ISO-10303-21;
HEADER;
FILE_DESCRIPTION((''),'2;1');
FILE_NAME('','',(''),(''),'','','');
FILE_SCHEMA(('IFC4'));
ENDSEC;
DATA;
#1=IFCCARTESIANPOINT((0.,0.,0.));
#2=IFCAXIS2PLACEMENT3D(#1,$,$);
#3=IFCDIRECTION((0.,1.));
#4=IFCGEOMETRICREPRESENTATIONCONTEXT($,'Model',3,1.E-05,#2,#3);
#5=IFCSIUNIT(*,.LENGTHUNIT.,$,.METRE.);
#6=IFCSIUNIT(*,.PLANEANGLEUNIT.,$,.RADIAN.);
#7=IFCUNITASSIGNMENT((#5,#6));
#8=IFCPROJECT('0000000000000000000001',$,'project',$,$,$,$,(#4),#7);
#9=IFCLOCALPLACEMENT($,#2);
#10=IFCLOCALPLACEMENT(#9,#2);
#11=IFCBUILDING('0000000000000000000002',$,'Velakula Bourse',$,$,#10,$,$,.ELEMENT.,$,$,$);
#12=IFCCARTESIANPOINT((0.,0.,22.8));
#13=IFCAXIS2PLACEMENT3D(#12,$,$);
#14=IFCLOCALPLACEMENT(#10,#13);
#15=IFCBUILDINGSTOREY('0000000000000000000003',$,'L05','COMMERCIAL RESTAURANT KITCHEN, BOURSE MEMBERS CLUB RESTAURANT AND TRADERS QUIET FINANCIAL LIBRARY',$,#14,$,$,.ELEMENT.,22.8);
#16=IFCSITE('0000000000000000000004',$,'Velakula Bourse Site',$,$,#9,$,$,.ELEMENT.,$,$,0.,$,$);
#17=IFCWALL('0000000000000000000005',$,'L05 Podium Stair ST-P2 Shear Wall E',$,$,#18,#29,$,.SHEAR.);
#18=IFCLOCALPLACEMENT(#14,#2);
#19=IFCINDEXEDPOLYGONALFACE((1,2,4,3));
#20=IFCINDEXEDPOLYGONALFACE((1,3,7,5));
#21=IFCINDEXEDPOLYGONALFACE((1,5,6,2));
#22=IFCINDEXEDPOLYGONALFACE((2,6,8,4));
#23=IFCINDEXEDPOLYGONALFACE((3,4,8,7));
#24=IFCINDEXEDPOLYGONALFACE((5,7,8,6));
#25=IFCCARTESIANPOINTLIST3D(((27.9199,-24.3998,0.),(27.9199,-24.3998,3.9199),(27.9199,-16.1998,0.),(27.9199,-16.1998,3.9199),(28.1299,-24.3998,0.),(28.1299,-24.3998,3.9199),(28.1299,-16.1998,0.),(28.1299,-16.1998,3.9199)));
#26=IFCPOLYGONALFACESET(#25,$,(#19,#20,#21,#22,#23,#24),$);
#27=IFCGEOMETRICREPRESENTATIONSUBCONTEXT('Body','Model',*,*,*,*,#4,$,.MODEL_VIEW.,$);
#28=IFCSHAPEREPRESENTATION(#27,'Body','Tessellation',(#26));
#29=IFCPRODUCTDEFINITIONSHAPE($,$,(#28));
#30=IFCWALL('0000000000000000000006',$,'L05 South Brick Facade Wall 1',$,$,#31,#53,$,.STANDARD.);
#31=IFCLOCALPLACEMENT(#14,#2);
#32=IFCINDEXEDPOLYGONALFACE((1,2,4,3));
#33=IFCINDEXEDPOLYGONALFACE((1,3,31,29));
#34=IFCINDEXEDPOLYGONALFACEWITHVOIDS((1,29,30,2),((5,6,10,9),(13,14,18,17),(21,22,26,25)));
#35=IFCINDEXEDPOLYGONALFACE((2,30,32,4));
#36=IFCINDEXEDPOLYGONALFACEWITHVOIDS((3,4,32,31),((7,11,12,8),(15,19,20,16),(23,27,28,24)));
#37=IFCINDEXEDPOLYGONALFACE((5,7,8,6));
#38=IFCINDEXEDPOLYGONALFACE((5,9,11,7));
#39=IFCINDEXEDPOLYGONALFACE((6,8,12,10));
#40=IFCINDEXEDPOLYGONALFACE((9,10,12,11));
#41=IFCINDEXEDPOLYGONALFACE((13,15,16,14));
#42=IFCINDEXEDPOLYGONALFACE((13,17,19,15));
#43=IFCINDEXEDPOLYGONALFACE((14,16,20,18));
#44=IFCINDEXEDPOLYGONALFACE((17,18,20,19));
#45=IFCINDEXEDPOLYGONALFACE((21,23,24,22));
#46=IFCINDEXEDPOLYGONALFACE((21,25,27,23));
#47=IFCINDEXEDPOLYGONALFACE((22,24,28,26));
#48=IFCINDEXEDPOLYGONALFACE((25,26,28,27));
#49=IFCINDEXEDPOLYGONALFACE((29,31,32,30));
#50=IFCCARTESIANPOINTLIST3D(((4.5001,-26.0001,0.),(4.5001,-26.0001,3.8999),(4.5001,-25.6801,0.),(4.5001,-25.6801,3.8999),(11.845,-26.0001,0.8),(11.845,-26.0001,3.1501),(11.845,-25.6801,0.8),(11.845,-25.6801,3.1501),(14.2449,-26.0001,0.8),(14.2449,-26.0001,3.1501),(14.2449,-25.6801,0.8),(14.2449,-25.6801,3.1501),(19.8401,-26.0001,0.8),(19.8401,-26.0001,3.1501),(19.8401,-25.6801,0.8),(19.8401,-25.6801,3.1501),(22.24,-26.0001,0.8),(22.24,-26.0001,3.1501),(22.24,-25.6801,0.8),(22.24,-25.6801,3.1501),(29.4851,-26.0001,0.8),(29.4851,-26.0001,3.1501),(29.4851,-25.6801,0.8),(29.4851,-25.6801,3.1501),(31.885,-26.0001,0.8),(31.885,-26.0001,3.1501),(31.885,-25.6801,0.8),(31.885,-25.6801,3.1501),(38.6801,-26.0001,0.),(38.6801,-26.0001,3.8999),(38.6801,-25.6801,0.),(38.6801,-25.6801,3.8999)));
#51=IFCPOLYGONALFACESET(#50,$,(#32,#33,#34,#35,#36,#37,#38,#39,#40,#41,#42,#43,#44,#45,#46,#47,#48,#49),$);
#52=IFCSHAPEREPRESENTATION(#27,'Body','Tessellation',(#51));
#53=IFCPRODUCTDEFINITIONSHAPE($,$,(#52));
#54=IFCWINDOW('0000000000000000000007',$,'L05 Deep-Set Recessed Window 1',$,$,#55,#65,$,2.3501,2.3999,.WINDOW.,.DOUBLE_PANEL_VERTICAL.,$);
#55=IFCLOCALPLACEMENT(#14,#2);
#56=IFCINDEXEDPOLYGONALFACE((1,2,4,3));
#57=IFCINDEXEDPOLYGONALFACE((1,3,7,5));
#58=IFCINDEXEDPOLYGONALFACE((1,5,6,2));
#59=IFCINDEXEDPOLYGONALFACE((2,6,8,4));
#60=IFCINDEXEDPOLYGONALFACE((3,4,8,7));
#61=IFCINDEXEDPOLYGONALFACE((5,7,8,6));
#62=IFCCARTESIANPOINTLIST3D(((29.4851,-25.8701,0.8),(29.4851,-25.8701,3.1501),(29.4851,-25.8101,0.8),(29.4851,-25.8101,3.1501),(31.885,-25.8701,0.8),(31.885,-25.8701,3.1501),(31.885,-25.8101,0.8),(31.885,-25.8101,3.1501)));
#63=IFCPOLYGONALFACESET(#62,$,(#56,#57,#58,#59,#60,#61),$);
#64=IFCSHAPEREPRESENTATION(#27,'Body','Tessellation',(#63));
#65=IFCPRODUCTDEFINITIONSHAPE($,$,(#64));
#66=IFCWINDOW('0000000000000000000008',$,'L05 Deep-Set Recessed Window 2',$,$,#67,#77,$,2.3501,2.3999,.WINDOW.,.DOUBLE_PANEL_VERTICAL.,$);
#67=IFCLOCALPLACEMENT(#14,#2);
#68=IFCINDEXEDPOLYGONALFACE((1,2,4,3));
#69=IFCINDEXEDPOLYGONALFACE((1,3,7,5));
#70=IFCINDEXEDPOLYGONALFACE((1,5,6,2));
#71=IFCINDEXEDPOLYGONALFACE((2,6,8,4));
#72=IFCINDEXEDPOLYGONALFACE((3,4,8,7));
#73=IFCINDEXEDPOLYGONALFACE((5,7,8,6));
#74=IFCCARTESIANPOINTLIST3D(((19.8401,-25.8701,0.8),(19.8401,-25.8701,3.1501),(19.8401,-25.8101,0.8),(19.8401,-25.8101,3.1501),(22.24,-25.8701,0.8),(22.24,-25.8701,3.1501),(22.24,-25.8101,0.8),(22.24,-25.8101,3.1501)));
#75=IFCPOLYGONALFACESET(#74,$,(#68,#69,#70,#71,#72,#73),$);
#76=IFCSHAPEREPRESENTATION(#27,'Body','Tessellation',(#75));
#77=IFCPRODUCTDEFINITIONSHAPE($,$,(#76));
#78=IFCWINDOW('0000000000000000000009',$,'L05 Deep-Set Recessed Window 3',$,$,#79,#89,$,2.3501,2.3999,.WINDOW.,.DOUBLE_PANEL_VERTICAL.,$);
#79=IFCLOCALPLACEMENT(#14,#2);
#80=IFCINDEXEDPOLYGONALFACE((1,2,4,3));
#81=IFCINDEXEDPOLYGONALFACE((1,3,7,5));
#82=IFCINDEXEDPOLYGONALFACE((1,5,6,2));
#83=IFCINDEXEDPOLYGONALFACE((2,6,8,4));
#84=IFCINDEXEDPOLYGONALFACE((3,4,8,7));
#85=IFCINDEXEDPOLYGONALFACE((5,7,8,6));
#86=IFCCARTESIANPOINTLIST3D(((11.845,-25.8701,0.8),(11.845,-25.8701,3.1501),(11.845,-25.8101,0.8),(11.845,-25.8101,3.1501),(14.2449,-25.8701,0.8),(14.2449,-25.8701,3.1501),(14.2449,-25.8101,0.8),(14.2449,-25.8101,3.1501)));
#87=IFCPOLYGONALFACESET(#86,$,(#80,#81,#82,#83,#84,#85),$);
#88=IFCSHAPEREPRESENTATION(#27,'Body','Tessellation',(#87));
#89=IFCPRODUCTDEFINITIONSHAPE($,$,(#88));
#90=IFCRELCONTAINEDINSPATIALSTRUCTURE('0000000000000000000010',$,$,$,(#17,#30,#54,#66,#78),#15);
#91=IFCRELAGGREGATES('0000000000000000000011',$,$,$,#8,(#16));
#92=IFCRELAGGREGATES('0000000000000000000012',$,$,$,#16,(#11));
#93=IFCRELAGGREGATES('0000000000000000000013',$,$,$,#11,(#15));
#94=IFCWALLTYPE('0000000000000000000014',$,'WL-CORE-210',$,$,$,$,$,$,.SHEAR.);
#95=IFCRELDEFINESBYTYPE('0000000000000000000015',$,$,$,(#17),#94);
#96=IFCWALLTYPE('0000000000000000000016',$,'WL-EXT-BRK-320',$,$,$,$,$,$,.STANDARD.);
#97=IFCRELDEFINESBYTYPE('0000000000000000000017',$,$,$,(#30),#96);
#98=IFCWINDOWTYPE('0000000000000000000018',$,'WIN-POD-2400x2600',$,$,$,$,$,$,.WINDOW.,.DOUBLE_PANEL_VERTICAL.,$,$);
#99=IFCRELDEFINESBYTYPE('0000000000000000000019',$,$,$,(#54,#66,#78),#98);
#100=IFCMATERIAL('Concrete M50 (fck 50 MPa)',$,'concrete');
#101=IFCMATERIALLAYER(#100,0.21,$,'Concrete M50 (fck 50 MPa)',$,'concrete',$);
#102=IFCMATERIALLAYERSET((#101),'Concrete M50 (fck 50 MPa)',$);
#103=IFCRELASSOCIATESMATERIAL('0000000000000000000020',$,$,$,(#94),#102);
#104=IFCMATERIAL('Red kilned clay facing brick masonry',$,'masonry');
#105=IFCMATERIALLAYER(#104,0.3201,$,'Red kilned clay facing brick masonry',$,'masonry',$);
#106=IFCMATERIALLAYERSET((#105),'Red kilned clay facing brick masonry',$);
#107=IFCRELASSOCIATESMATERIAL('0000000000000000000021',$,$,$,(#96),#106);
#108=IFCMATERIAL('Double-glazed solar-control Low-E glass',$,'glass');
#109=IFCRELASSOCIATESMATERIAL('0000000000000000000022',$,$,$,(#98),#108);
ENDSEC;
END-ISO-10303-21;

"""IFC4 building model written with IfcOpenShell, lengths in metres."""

from ifc_helpers import new_model, si_unit, direction, frame, frame_2d, origin, place, context, subcontext, project, spatial, rectangle, extrude, material, layer, layer_set, type_object, element, fill, save


model = new_model("IFC4")

# Units and contexts
model_context = context("Model", 3, precision=1e-05, world=origin(), true_north=direction((0.0, 1.0)))
body_context = subcontext(model_context, "Body", "Model", "MODEL_VIEW")
ifc_project = project(units=[si_unit("LENGTHUNIT", "METRE"), si_unit("PLANEANGLEUNIT", "RADIAN")], contexts=[model_context])

# Site, building, storey
site_placement = place(None, origin())
site = spatial("IfcSite", under=ifc_project, at=site_placement, Name="Velakula Bourse Site", CompositionType="ELEMENT", RefElevation=0.0)
building_placement = place(site_placement, origin())
building = spatial("IfcBuilding", under=site, at=building_placement, Name="Velakula Bourse", CompositionType="ELEMENT")
storey_placement = place(building_placement, frame((0.0, 0.0, 22.8)))
storey = spatial("IfcBuildingStorey", under=building, at=storey_placement, Name="L05", Description="COMMERCIAL RESTAURANT KITCHEN, BOURSE MEMBERS CLUB RESTAURANT AND TRADERS QUIET FINANCIAL LIBRARY", CompositionType="ELEMENT", Elevation=22.8)

# Shared definitions
ifc_material_1 = material(Name="Concrete M50 (fck 50 MPa)", Category="concrete")
ifc_layer_1 = layer(ifc_material_1, 0.21, Name="Concrete M50 (fck 50 MPa)", Category="concrete")
ifc_layer_set_1 = layer_set([ifc_layer_1], Name="Concrete M50 (fck 50 MPa)")
wall_type_1 = type_object("IfcWallType", Name="WL-CORE-210", PredefinedType="SHEAR", material=ifc_layer_set_1)

# Wall
wall_1_placement = place(storey_placement, frame((28.0249, -24.3999, 0.0), z_axis=(0.0, 0.0, 1.0), x_axis=(0.0, 1.0, 0.0)))
element("IfcWall", 1, at=wall_1_placement, inside=storey, type_object=wall_type_1, Name="L05 Podium Stair ST-P2 Shear Wall E", PredefinedType="SHEAR", context=body_context, shape_type="SweptSolid", body=[
    extrude(rectangle(XDim=8.2, YDim=0.21, at=frame_2d((4.1001, 0.0))), origin(), (0.0, 0.0, 1.0), 3.9199),
])

# Wall, openings, windows
ifc_material_2 = material(Name="Red kilned clay facing brick masonry", Category="masonry")
ifc_layer_2 = layer(ifc_material_2, 0.3201, Name="Red kilned clay facing brick masonry", Category="masonry")
ifc_layer_set_2 = layer_set([ifc_layer_2], Name="Red kilned clay facing brick masonry")
wall_type_2 = type_object("IfcWallType", Name="WL-EXT-BRK-320", PredefinedType="STANDARD", material=ifc_layer_set_2)
wall_2_placement = place(storey_placement, frame((38.6799, -25.8401, 0.0), z_axis=(0.0, 0.0, 1.0), x_axis=(-1.0, 0.0, 0.0)))
wall_2 = element("IfcWall", 2, at=wall_2_placement, inside=storey, type_object=wall_type_2, Name="L05 South Brick Facade Wall 1", PredefinedType="STANDARD", context=body_context, shape_type="SweptSolid", body=[
    extrude(rectangle(XDim=34.1799, YDim=0.3201, at=frame_2d((17.0898, 0.0))), origin(), (0.0, 0.0, 1.0), 3.8999),
])
opening_1_placement = place(wall_2_placement, frame((6.7949, 0.0, 0.8)))
opening_1 = element("IfcOpeningElement", 3, at=opening_1_placement, cuts=wall_2, PredefinedType="OPENING", context=body_context, shape_type="SweptSolid", body=[
    extrude(rectangle(XDim=2.3999, YDim=2.3501, at=frame_2d((1.2, 1.175))), frame((0.0, 0.1699, 0.0), z_axis=(0.0, -1.0, 0.0), x_axis=(1.0, 0.0, 0.0)), (0.0, 0.0, 1.0), 0.3401),
])
opening_2_placement = place(wall_2_placement, frame((16.4399, 0.0, 0.8)))
opening_2 = element("IfcOpeningElement", 4, at=opening_2_placement, cuts=wall_2, PredefinedType="OPENING", context=body_context, shape_type="SweptSolid", body=[
    extrude(rectangle(XDim=2.3999, YDim=2.3501, at=frame_2d((1.2, 1.175))), frame((0.0, 0.1699, 0.0), z_axis=(0.0, -1.0, 0.0), x_axis=(1.0, 0.0, 0.0)), (0.0, 0.0, 1.0), 0.3401),
])
opening_3_placement = place(wall_2_placement, frame((24.4351, 0.0, 0.8)))
opening_3 = element("IfcOpeningElement", 5, at=opening_3_placement, cuts=wall_2, PredefinedType="OPENING", context=body_context, shape_type="SweptSolid", body=[
    extrude(rectangle(XDim=2.3999, YDim=2.3501, at=frame_2d((1.2, 1.175))), frame((0.0, 0.1699, 0.0), z_axis=(0.0, -1.0, 0.0), x_axis=(1.0, 0.0, 0.0)), (0.0, 0.0, 1.0), 0.3401),
])
ifc_material_3 = material(Name="Double-glazed solar-control Low-E glass", Category="glass")
window_type = type_object("IfcWindowType", Name="WIN-POD-2400x2600", PartitioningType="DOUBLE_PANEL_VERTICAL", PredefinedType="WINDOW", material=ifc_material_3)
window_1_placement = place(opening_1_placement, origin())
window_1 = element("IfcWindow", 6, at=window_1_placement, inside=storey, type_object=window_type, Name="L05 Deep-Set Recessed Window 1", OverallHeight=2.3501, OverallWidth=2.3999, PartitioningType="DOUBLE_PANEL_VERTICAL", PredefinedType="WINDOW", context=body_context, shape_type="SweptSolid", body=[
    extrude(rectangle(XDim=2.3999, YDim=2.3501, at=frame_2d((1.2, 1.175))), frame((0.0, 0.03, 0.0), z_axis=(0.0, -1.0, 0.0), x_axis=(1.0, 0.0, 0.0)), (0.0, 0.0, 1.0), 0.0601),
])
fill(opening_1, window_1)
window_2_placement = place(opening_2_placement, origin())
window_2 = element("IfcWindow", 7, at=window_2_placement, inside=storey, type_object=window_type, Name="L05 Deep-Set Recessed Window 2", OverallHeight=2.3501, OverallWidth=2.3999, PartitioningType="DOUBLE_PANEL_VERTICAL", PredefinedType="WINDOW", context=body_context, shape_type="SweptSolid", body=[
    extrude(rectangle(XDim=2.3999, YDim=2.3501, at=frame_2d((1.2, 1.175))), frame((0.0, 0.03, 0.0), z_axis=(0.0, -1.0, 0.0), x_axis=(1.0, 0.0, 0.0)), (0.0, 0.0, 1.0), 0.0601),
])
fill(opening_2, window_2)
window_3_placement = place(opening_3_placement, origin())
window_3 = element("IfcWindow", 8, at=window_3_placement, inside=storey, type_object=window_type, Name="L05 Deep-Set Recessed Window 3", OverallHeight=2.3501, OverallWidth=2.3999, PartitioningType="DOUBLE_PANEL_VERTICAL", PredefinedType="WINDOW", context=body_context, shape_type="SweptSolid", body=[
    extrude(rectangle(XDim=2.3999, YDim=2.3501, at=frame_2d((1.2, 1.175))), frame((0.0, 0.03, 0.0), z_axis=(0.0, -1.0, 0.0), x_axis=(1.0, 0.0, 0.0)), (0.0, 0.0, 1.0), 0.0601),
])
fill(opening_3, window_3)

save(model, "model.ifc")
